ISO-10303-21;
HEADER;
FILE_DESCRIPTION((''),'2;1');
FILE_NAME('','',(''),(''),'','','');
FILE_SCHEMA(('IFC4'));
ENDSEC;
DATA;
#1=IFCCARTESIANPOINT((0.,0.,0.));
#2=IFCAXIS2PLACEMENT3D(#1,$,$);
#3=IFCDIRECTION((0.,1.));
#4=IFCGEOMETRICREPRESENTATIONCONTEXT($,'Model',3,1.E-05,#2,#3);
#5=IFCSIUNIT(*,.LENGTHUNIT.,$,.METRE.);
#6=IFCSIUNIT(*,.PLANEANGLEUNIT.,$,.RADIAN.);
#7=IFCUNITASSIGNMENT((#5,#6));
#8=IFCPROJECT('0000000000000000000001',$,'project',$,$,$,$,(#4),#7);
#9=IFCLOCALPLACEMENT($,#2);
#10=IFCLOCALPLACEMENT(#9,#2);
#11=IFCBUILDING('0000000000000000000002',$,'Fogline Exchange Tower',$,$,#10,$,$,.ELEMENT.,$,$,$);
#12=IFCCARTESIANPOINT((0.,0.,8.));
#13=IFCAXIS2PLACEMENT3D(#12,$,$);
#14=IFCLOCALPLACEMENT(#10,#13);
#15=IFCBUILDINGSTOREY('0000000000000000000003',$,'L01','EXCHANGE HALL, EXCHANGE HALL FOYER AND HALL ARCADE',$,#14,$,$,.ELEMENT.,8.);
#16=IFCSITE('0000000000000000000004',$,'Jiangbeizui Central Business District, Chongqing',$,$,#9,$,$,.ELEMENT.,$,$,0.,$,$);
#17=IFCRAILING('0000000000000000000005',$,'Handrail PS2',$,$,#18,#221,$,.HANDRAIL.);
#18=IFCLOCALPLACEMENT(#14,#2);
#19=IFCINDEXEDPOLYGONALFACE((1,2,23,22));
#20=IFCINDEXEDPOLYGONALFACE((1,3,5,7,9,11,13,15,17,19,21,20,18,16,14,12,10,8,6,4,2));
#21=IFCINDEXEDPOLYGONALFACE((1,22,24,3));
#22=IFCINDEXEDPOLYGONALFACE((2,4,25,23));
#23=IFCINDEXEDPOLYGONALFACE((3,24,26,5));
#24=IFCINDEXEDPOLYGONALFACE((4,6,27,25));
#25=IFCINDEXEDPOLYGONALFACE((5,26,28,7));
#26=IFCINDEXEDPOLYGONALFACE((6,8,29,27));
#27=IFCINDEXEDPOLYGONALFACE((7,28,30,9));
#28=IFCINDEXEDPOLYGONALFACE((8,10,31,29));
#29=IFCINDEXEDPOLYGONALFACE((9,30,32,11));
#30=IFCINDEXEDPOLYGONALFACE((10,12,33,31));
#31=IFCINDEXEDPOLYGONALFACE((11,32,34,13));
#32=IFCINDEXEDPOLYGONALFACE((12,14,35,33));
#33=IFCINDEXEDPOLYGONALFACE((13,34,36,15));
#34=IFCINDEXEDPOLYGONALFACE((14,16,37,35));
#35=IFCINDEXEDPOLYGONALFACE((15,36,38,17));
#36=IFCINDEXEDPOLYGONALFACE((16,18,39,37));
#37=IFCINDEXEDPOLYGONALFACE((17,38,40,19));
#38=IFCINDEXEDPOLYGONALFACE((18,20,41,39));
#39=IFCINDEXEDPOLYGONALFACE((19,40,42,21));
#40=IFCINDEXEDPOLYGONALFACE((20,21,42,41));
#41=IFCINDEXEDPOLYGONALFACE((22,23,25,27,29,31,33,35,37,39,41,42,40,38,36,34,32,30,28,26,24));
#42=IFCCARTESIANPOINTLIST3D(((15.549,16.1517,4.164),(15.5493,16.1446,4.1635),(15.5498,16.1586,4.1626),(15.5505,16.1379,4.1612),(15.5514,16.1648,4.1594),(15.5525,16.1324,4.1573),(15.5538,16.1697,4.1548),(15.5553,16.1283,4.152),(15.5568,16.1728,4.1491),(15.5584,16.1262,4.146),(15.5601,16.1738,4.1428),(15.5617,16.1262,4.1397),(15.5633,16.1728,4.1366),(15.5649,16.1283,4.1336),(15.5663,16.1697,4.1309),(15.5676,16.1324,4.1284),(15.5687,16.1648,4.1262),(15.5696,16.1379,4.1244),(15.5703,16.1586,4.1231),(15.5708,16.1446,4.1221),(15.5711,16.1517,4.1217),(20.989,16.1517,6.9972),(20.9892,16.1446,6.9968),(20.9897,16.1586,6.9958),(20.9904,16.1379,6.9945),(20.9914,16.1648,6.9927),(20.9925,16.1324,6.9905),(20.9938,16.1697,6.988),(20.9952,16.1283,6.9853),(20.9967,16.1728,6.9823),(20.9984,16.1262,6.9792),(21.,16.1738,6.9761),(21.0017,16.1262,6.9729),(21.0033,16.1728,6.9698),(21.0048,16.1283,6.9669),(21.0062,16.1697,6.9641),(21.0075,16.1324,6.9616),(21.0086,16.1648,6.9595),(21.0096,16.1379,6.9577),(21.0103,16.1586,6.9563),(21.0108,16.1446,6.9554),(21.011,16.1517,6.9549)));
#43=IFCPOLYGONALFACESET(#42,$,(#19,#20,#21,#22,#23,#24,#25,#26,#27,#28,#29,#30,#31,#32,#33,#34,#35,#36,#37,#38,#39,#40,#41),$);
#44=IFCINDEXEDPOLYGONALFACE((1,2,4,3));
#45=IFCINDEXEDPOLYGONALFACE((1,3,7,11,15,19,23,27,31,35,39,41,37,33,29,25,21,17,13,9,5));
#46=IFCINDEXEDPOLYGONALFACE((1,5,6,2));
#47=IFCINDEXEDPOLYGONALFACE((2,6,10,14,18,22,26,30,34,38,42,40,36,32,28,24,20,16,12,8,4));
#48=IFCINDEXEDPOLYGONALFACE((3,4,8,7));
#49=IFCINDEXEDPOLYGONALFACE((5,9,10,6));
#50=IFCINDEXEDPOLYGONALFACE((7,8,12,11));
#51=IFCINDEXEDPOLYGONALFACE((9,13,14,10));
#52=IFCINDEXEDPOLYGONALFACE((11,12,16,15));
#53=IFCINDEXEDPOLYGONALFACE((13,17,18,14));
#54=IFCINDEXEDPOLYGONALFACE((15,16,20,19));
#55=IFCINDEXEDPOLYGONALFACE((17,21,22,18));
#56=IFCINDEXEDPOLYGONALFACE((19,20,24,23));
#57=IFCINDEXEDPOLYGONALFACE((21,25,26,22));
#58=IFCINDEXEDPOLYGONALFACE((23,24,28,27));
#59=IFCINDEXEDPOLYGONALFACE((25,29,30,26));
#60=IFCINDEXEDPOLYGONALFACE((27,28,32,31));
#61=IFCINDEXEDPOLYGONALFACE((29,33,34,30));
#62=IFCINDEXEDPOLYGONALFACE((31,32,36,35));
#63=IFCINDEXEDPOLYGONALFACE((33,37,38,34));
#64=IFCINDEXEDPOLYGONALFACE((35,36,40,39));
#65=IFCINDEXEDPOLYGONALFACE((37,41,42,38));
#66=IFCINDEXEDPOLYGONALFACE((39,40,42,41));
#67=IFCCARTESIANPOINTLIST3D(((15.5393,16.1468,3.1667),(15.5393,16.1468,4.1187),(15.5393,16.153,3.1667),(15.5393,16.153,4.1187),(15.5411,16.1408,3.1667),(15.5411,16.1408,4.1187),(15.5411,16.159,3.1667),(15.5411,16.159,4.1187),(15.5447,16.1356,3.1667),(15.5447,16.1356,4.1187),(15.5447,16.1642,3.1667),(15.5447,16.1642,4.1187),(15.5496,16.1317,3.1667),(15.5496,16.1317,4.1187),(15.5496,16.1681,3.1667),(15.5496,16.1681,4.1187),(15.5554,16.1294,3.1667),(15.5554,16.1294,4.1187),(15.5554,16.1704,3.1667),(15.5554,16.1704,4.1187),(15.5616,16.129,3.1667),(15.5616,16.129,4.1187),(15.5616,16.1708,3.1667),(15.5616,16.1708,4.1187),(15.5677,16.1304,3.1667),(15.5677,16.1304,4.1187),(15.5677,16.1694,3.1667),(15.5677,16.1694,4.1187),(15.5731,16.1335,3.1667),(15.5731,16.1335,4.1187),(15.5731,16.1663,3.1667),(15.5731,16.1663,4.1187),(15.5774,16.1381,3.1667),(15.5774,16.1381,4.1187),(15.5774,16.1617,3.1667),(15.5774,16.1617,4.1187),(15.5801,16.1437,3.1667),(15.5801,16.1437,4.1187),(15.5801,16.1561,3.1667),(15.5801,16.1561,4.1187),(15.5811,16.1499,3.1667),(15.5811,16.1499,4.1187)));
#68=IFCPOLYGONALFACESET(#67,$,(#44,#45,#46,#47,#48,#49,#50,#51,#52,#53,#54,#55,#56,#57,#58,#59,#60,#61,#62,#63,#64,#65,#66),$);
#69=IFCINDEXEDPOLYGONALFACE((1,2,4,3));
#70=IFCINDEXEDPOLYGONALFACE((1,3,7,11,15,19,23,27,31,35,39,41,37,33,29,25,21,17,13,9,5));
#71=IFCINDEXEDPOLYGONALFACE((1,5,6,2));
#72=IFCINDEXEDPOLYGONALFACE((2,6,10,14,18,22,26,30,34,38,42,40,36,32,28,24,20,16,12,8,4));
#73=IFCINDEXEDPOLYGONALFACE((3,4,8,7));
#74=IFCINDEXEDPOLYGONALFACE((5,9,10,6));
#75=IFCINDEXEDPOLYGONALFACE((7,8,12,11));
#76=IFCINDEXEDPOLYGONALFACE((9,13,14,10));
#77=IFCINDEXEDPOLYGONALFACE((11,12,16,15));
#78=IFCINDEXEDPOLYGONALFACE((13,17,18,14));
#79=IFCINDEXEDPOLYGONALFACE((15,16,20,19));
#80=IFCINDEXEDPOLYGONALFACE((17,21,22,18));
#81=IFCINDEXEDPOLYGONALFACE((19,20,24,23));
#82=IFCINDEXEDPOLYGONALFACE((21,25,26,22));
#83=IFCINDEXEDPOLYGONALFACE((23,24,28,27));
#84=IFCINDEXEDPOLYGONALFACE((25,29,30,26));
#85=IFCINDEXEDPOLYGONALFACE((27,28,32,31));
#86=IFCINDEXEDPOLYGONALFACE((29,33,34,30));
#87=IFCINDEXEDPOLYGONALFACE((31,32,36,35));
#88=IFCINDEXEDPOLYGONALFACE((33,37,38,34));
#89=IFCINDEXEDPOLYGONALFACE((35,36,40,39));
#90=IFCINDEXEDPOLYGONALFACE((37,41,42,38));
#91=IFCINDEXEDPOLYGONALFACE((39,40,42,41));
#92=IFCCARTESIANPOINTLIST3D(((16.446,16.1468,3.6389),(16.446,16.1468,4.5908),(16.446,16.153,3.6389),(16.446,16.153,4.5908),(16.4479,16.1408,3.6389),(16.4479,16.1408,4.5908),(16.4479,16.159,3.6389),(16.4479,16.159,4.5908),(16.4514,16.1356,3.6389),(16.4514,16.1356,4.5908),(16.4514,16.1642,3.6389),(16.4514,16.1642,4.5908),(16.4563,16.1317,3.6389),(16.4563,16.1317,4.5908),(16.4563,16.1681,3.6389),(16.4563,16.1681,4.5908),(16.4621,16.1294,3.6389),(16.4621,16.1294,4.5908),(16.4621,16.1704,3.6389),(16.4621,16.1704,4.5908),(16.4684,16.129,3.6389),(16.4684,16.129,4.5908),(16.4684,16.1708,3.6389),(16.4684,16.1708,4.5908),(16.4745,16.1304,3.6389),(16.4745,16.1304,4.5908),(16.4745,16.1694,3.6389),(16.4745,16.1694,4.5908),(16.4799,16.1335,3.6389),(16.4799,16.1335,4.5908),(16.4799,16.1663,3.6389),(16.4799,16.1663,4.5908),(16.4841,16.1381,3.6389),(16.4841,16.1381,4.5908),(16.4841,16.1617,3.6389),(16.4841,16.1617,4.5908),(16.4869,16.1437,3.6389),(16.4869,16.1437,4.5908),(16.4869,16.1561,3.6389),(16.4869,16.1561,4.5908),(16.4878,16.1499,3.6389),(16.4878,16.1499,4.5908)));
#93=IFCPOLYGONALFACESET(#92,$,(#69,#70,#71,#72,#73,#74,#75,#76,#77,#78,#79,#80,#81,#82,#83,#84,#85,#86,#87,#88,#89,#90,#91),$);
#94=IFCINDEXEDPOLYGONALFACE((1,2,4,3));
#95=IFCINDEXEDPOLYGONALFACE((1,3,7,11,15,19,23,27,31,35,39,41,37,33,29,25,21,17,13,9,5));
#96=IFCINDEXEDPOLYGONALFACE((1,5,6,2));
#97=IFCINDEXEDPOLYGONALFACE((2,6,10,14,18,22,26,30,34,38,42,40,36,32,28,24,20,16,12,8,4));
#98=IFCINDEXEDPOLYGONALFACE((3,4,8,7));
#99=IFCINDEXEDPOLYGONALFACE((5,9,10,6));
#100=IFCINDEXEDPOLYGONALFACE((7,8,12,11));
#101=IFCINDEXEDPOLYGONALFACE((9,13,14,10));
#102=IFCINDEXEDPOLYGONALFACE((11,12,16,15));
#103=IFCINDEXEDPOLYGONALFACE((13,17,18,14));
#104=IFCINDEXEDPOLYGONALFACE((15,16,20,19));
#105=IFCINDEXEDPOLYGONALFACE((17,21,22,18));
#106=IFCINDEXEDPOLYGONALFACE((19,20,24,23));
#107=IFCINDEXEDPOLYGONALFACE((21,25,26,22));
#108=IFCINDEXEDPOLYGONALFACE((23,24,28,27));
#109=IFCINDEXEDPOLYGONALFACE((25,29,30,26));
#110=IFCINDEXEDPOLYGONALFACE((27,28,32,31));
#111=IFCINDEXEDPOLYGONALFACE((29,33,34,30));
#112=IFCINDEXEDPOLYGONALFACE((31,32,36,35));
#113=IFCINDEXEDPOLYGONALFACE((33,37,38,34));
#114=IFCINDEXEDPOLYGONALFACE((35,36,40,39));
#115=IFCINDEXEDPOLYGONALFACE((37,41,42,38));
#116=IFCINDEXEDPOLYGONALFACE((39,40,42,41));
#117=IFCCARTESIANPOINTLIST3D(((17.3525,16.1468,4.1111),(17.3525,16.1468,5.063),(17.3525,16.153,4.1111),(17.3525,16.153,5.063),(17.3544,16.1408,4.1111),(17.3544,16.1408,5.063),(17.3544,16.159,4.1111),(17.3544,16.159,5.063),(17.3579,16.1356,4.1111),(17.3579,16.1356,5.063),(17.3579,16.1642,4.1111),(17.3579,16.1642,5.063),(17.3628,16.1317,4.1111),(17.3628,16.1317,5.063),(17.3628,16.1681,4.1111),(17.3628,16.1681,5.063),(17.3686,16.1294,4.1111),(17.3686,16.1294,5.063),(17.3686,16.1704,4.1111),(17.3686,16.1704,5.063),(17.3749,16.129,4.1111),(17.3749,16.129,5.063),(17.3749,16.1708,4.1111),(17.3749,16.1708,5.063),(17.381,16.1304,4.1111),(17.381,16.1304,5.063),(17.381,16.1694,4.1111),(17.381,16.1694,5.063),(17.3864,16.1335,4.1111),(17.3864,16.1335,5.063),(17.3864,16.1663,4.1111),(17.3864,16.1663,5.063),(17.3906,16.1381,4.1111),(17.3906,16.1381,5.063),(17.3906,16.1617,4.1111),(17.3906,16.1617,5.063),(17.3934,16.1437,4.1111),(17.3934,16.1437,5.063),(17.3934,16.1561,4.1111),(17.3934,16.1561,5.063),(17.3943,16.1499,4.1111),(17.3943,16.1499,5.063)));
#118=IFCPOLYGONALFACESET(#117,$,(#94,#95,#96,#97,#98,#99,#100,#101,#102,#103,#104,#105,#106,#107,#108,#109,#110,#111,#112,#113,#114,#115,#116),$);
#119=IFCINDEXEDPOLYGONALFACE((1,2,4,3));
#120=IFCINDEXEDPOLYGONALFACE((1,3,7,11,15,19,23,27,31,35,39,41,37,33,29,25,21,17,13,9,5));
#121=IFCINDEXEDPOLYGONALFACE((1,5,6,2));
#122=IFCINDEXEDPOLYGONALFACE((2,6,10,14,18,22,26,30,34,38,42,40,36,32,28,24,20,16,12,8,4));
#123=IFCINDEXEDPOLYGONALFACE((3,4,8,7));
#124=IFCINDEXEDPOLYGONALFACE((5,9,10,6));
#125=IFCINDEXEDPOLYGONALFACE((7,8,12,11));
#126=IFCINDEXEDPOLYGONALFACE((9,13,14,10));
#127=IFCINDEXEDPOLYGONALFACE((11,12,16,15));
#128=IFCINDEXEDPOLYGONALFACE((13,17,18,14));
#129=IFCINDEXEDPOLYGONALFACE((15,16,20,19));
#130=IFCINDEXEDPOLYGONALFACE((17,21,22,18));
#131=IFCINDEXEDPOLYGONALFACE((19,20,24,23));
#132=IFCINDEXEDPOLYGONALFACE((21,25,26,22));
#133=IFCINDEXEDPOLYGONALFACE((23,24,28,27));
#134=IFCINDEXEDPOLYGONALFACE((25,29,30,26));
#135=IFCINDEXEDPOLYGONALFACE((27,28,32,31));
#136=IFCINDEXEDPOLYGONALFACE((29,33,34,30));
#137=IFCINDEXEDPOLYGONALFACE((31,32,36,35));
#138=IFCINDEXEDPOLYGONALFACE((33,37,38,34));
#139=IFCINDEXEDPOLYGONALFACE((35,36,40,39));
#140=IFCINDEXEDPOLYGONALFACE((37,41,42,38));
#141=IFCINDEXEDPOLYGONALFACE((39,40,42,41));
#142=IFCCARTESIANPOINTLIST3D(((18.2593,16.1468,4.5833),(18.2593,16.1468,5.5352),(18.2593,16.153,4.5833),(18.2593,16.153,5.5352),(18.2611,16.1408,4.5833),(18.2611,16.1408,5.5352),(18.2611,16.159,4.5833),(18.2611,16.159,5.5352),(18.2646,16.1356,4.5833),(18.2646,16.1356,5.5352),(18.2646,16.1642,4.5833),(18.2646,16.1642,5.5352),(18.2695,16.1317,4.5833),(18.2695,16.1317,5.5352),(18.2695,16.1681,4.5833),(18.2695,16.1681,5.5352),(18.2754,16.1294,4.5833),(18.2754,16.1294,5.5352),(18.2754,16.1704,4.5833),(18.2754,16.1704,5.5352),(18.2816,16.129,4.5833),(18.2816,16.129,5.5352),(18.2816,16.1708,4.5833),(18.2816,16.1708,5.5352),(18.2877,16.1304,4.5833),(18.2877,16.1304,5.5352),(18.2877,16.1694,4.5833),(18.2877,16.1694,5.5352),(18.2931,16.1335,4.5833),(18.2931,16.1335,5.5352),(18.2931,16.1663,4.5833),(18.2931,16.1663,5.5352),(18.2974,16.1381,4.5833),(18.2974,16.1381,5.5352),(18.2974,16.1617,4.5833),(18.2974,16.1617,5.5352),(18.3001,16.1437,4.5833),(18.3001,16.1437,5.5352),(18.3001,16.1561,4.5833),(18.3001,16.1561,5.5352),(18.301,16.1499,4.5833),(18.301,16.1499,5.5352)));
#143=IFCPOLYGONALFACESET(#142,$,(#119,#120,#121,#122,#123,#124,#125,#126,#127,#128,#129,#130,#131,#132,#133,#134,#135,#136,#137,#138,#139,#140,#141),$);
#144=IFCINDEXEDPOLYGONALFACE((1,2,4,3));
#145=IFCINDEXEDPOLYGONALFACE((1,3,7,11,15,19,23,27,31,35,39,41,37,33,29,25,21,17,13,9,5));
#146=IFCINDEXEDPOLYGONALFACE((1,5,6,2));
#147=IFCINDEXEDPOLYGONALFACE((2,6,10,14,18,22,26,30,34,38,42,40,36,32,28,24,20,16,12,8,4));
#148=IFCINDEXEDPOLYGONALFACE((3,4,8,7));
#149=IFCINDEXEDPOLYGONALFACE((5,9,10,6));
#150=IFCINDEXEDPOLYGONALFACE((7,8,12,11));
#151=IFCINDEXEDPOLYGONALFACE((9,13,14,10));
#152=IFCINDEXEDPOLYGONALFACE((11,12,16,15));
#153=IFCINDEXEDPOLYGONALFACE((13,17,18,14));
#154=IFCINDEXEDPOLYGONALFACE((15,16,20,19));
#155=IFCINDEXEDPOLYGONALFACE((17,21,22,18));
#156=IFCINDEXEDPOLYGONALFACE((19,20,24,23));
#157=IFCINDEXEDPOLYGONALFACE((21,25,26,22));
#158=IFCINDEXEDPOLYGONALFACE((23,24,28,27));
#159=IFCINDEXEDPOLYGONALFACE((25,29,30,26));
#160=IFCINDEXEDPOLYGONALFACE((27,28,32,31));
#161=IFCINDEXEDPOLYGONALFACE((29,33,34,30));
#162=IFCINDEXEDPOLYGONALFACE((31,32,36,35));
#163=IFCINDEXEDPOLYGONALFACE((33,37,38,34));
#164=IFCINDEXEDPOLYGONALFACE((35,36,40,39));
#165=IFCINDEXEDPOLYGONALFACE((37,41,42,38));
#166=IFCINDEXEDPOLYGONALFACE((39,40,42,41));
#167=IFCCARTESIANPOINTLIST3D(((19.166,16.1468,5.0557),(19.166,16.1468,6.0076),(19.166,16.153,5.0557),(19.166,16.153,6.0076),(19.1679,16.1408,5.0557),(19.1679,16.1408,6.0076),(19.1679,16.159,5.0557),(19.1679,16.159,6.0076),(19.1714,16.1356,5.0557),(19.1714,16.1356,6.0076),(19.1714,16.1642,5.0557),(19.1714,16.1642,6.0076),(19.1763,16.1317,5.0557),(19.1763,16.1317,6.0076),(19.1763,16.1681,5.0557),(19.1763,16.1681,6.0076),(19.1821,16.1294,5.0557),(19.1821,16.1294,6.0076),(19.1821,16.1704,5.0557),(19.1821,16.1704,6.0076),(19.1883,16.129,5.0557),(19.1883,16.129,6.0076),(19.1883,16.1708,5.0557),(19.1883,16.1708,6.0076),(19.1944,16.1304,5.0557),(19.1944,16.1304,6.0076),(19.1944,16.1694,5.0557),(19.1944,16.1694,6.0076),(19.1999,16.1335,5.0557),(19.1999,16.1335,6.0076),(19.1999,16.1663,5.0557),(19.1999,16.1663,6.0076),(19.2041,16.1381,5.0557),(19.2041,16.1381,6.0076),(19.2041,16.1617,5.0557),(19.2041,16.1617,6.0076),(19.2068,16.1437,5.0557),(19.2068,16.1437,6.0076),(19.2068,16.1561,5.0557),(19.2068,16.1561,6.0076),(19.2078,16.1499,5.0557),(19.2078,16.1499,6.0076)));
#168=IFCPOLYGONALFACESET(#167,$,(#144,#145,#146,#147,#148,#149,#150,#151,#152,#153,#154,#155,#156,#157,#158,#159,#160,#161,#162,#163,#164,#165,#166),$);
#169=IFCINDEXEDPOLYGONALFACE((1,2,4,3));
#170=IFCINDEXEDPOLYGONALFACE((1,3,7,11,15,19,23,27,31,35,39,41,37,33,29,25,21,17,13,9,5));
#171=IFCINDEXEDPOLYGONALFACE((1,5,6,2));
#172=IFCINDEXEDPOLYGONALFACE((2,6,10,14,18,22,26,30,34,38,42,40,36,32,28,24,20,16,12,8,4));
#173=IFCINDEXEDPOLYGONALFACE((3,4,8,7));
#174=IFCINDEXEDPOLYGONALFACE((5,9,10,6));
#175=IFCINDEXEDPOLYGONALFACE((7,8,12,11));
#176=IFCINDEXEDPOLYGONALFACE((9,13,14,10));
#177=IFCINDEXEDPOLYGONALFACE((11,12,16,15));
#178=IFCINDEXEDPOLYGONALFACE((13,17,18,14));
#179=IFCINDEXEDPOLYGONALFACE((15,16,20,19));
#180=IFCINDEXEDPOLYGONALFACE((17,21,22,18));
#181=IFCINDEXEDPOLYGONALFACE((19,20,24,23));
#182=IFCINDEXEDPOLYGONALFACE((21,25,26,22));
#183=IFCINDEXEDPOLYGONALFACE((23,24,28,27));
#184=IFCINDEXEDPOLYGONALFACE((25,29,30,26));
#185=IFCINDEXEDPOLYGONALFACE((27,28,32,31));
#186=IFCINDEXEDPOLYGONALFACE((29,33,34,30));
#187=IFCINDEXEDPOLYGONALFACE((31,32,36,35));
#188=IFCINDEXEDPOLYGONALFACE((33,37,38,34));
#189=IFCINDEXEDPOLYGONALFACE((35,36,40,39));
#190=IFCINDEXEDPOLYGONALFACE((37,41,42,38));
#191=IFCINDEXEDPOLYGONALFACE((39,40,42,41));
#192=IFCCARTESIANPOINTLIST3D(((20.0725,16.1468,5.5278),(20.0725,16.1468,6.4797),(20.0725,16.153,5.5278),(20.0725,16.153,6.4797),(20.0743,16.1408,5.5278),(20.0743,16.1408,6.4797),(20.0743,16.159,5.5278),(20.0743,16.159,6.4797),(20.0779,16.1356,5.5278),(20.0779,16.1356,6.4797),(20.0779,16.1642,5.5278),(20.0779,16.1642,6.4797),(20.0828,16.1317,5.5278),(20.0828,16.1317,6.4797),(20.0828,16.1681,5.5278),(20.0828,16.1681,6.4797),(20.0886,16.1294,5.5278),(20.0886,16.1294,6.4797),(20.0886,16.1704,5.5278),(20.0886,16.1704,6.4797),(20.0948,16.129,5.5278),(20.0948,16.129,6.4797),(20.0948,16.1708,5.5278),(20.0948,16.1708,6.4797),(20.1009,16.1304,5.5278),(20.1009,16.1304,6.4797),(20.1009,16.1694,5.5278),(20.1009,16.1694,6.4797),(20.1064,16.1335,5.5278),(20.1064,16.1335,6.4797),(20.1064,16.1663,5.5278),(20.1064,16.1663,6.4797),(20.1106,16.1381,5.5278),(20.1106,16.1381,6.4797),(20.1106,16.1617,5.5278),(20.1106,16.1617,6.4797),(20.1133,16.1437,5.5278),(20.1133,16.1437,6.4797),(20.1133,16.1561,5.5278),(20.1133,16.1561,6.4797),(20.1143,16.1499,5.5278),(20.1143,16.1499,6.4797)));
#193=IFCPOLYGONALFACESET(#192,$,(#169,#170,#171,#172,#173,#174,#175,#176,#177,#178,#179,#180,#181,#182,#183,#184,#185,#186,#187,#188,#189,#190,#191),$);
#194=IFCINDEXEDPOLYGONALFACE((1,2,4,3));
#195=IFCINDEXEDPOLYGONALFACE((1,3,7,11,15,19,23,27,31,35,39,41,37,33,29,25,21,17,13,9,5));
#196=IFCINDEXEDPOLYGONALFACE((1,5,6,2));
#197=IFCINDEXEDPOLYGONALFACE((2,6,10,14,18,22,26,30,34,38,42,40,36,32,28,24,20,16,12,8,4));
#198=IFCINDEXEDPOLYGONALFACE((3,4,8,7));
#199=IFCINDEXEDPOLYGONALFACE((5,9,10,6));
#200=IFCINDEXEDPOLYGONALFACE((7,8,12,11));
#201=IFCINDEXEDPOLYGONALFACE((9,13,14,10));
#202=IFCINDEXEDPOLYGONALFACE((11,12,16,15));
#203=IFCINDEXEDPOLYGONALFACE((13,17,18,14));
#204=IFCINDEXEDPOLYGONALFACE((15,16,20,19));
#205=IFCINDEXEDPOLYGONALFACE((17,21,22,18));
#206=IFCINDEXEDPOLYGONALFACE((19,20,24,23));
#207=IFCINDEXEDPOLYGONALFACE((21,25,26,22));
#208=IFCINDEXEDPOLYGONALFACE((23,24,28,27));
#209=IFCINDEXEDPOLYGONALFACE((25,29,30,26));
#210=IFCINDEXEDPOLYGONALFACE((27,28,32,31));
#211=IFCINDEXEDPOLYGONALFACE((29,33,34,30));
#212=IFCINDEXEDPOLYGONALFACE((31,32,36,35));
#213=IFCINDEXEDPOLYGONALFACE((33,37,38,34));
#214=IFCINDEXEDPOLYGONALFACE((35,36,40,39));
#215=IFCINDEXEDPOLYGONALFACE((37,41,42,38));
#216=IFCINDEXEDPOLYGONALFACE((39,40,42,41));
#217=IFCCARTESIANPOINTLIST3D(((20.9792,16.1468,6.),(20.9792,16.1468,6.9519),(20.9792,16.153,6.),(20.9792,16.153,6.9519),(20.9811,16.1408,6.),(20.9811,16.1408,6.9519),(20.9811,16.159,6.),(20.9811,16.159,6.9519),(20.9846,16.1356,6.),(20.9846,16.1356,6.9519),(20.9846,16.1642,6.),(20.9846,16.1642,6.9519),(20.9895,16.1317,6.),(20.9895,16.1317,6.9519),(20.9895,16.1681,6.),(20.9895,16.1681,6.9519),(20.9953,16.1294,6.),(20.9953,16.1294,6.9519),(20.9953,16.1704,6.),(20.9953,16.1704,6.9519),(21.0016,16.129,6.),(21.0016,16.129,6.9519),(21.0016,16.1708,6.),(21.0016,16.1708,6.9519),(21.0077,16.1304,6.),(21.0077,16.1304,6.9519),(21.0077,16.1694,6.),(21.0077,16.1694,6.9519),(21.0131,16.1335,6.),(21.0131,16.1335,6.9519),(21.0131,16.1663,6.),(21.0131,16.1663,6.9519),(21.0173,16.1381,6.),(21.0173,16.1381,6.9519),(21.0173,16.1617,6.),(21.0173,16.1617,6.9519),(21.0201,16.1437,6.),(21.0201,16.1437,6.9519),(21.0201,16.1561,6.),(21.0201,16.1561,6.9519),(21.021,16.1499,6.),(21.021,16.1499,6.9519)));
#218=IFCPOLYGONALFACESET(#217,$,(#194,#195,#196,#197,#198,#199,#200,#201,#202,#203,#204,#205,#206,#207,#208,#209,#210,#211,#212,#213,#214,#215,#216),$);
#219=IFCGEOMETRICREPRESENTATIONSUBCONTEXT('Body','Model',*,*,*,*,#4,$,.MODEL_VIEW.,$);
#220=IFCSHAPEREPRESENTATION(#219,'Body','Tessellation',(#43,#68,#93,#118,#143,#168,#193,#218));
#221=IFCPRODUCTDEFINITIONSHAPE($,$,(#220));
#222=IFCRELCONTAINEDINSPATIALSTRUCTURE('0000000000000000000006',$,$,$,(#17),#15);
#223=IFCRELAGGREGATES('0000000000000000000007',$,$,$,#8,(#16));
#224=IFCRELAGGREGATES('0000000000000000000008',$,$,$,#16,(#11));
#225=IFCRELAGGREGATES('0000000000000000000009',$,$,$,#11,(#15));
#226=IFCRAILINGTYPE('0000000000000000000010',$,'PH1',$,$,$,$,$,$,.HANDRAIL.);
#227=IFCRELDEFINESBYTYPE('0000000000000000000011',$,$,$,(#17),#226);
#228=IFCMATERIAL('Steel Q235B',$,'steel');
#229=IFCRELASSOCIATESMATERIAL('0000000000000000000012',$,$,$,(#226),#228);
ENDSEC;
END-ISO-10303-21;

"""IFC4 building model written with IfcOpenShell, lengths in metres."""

from ifc_helpers import new_model, si_unit, direction, frame, origin, origin_2d, place, context, subcontext, project, spatial, circle, extrude, material, type_object, element, save


model = new_model("IFC4")

# Units and contexts
model_context = context("Model", 3, precision=1e-05, world=origin(), true_north=direction((0.0, 1.0)))
body_context = subcontext(model_context, "Body", "Model", "MODEL_VIEW")
ifc_project = project(units=[si_unit("LENGTHUNIT", "METRE"), si_unit("PLANEANGLEUNIT", "RADIAN")], contexts=[model_context])

# Site, building, storey
site_placement = place(None, origin())
site = spatial("IfcSite", under=ifc_project, at=site_placement, Name="Jiangbeizui Central Business District, Chongqing", CompositionType="ELEMENT", RefElevation=0.0)
building_placement = place(site_placement, origin())
building = spatial("IfcBuilding", under=site, at=building_placement, Name="Fogline Exchange Tower", CompositionType="ELEMENT")
storey_placement = place(building_placement, frame((0.0, 0.0, 8.0)))
storey = spatial("IfcBuildingStorey", under=building, at=storey_placement, Name="L01", Description="EXCHANGE HALL, EXCHANGE HALL FOYER AND HALL ARCADE", CompositionType="ELEMENT", Elevation=8.0)

# Shared definitions
ifc_material_1 = material(Name="Steel Q235B", Category="steel")

# Railing
railing_type_1 = type_object("IfcRailingType", Name="PH1", PredefinedType="HANDRAIL", material=ifc_material_1)
railing_1_placement = place(storey_placement, frame((15.5601, 16.1499, 3.1667)))
element("IfcRailing", 1, at=railing_1_placement, inside=storey, type_object=railing_type_1, Name="Handrail PS2", PredefinedType="HANDRAIL", context=body_context, shape_type="SweptSolid", body=[
    extrude(circle(Radius=0.0239, at=origin_2d()), frame((0.0, 0.0, 0.9761), z_axis=(0.886917, 0.0, 0.461928), x_axis=(0.0, 1.0, 0.0)), (0.0, 0.0, 1.0), 6.1335),
    extrude(circle(Radius=0.021, at=origin_2d()), origin(), (0.0, 0.0, 1.0), 0.9519),
    extrude(circle(Radius=0.021, at=origin_2d()), frame((0.9067, 0.0, 0.4722)), (0.0, 0.0, 1.0), 0.9519),
    extrude(circle(Radius=0.021, at=origin_2d()), frame((1.8132, 0.0, 0.9443)), (0.0, 0.0, 1.0), 0.9519),
    extrude(circle(Radius=0.021, at=origin_2d()), frame((2.72, 0.0, 1.4165)), (0.0, 0.0, 1.0), 0.9519),
    extrude(circle(Radius=0.021, at=origin_2d()), frame((3.6267, 0.0, 1.8889)), (0.0, 0.0, 1.0), 0.9519),
    extrude(circle(Radius=0.021, at=origin_2d()), frame((4.5332, 0.0, 2.3611)), (0.0, 0.0, 1.0), 0.9519),
    extrude(circle(Radius=0.021, at=origin_2d()), frame((5.4399, 0.0, 2.8333)), (0.0, 0.0, 1.0), 0.9519),
])

save(model, "model.ifc")
